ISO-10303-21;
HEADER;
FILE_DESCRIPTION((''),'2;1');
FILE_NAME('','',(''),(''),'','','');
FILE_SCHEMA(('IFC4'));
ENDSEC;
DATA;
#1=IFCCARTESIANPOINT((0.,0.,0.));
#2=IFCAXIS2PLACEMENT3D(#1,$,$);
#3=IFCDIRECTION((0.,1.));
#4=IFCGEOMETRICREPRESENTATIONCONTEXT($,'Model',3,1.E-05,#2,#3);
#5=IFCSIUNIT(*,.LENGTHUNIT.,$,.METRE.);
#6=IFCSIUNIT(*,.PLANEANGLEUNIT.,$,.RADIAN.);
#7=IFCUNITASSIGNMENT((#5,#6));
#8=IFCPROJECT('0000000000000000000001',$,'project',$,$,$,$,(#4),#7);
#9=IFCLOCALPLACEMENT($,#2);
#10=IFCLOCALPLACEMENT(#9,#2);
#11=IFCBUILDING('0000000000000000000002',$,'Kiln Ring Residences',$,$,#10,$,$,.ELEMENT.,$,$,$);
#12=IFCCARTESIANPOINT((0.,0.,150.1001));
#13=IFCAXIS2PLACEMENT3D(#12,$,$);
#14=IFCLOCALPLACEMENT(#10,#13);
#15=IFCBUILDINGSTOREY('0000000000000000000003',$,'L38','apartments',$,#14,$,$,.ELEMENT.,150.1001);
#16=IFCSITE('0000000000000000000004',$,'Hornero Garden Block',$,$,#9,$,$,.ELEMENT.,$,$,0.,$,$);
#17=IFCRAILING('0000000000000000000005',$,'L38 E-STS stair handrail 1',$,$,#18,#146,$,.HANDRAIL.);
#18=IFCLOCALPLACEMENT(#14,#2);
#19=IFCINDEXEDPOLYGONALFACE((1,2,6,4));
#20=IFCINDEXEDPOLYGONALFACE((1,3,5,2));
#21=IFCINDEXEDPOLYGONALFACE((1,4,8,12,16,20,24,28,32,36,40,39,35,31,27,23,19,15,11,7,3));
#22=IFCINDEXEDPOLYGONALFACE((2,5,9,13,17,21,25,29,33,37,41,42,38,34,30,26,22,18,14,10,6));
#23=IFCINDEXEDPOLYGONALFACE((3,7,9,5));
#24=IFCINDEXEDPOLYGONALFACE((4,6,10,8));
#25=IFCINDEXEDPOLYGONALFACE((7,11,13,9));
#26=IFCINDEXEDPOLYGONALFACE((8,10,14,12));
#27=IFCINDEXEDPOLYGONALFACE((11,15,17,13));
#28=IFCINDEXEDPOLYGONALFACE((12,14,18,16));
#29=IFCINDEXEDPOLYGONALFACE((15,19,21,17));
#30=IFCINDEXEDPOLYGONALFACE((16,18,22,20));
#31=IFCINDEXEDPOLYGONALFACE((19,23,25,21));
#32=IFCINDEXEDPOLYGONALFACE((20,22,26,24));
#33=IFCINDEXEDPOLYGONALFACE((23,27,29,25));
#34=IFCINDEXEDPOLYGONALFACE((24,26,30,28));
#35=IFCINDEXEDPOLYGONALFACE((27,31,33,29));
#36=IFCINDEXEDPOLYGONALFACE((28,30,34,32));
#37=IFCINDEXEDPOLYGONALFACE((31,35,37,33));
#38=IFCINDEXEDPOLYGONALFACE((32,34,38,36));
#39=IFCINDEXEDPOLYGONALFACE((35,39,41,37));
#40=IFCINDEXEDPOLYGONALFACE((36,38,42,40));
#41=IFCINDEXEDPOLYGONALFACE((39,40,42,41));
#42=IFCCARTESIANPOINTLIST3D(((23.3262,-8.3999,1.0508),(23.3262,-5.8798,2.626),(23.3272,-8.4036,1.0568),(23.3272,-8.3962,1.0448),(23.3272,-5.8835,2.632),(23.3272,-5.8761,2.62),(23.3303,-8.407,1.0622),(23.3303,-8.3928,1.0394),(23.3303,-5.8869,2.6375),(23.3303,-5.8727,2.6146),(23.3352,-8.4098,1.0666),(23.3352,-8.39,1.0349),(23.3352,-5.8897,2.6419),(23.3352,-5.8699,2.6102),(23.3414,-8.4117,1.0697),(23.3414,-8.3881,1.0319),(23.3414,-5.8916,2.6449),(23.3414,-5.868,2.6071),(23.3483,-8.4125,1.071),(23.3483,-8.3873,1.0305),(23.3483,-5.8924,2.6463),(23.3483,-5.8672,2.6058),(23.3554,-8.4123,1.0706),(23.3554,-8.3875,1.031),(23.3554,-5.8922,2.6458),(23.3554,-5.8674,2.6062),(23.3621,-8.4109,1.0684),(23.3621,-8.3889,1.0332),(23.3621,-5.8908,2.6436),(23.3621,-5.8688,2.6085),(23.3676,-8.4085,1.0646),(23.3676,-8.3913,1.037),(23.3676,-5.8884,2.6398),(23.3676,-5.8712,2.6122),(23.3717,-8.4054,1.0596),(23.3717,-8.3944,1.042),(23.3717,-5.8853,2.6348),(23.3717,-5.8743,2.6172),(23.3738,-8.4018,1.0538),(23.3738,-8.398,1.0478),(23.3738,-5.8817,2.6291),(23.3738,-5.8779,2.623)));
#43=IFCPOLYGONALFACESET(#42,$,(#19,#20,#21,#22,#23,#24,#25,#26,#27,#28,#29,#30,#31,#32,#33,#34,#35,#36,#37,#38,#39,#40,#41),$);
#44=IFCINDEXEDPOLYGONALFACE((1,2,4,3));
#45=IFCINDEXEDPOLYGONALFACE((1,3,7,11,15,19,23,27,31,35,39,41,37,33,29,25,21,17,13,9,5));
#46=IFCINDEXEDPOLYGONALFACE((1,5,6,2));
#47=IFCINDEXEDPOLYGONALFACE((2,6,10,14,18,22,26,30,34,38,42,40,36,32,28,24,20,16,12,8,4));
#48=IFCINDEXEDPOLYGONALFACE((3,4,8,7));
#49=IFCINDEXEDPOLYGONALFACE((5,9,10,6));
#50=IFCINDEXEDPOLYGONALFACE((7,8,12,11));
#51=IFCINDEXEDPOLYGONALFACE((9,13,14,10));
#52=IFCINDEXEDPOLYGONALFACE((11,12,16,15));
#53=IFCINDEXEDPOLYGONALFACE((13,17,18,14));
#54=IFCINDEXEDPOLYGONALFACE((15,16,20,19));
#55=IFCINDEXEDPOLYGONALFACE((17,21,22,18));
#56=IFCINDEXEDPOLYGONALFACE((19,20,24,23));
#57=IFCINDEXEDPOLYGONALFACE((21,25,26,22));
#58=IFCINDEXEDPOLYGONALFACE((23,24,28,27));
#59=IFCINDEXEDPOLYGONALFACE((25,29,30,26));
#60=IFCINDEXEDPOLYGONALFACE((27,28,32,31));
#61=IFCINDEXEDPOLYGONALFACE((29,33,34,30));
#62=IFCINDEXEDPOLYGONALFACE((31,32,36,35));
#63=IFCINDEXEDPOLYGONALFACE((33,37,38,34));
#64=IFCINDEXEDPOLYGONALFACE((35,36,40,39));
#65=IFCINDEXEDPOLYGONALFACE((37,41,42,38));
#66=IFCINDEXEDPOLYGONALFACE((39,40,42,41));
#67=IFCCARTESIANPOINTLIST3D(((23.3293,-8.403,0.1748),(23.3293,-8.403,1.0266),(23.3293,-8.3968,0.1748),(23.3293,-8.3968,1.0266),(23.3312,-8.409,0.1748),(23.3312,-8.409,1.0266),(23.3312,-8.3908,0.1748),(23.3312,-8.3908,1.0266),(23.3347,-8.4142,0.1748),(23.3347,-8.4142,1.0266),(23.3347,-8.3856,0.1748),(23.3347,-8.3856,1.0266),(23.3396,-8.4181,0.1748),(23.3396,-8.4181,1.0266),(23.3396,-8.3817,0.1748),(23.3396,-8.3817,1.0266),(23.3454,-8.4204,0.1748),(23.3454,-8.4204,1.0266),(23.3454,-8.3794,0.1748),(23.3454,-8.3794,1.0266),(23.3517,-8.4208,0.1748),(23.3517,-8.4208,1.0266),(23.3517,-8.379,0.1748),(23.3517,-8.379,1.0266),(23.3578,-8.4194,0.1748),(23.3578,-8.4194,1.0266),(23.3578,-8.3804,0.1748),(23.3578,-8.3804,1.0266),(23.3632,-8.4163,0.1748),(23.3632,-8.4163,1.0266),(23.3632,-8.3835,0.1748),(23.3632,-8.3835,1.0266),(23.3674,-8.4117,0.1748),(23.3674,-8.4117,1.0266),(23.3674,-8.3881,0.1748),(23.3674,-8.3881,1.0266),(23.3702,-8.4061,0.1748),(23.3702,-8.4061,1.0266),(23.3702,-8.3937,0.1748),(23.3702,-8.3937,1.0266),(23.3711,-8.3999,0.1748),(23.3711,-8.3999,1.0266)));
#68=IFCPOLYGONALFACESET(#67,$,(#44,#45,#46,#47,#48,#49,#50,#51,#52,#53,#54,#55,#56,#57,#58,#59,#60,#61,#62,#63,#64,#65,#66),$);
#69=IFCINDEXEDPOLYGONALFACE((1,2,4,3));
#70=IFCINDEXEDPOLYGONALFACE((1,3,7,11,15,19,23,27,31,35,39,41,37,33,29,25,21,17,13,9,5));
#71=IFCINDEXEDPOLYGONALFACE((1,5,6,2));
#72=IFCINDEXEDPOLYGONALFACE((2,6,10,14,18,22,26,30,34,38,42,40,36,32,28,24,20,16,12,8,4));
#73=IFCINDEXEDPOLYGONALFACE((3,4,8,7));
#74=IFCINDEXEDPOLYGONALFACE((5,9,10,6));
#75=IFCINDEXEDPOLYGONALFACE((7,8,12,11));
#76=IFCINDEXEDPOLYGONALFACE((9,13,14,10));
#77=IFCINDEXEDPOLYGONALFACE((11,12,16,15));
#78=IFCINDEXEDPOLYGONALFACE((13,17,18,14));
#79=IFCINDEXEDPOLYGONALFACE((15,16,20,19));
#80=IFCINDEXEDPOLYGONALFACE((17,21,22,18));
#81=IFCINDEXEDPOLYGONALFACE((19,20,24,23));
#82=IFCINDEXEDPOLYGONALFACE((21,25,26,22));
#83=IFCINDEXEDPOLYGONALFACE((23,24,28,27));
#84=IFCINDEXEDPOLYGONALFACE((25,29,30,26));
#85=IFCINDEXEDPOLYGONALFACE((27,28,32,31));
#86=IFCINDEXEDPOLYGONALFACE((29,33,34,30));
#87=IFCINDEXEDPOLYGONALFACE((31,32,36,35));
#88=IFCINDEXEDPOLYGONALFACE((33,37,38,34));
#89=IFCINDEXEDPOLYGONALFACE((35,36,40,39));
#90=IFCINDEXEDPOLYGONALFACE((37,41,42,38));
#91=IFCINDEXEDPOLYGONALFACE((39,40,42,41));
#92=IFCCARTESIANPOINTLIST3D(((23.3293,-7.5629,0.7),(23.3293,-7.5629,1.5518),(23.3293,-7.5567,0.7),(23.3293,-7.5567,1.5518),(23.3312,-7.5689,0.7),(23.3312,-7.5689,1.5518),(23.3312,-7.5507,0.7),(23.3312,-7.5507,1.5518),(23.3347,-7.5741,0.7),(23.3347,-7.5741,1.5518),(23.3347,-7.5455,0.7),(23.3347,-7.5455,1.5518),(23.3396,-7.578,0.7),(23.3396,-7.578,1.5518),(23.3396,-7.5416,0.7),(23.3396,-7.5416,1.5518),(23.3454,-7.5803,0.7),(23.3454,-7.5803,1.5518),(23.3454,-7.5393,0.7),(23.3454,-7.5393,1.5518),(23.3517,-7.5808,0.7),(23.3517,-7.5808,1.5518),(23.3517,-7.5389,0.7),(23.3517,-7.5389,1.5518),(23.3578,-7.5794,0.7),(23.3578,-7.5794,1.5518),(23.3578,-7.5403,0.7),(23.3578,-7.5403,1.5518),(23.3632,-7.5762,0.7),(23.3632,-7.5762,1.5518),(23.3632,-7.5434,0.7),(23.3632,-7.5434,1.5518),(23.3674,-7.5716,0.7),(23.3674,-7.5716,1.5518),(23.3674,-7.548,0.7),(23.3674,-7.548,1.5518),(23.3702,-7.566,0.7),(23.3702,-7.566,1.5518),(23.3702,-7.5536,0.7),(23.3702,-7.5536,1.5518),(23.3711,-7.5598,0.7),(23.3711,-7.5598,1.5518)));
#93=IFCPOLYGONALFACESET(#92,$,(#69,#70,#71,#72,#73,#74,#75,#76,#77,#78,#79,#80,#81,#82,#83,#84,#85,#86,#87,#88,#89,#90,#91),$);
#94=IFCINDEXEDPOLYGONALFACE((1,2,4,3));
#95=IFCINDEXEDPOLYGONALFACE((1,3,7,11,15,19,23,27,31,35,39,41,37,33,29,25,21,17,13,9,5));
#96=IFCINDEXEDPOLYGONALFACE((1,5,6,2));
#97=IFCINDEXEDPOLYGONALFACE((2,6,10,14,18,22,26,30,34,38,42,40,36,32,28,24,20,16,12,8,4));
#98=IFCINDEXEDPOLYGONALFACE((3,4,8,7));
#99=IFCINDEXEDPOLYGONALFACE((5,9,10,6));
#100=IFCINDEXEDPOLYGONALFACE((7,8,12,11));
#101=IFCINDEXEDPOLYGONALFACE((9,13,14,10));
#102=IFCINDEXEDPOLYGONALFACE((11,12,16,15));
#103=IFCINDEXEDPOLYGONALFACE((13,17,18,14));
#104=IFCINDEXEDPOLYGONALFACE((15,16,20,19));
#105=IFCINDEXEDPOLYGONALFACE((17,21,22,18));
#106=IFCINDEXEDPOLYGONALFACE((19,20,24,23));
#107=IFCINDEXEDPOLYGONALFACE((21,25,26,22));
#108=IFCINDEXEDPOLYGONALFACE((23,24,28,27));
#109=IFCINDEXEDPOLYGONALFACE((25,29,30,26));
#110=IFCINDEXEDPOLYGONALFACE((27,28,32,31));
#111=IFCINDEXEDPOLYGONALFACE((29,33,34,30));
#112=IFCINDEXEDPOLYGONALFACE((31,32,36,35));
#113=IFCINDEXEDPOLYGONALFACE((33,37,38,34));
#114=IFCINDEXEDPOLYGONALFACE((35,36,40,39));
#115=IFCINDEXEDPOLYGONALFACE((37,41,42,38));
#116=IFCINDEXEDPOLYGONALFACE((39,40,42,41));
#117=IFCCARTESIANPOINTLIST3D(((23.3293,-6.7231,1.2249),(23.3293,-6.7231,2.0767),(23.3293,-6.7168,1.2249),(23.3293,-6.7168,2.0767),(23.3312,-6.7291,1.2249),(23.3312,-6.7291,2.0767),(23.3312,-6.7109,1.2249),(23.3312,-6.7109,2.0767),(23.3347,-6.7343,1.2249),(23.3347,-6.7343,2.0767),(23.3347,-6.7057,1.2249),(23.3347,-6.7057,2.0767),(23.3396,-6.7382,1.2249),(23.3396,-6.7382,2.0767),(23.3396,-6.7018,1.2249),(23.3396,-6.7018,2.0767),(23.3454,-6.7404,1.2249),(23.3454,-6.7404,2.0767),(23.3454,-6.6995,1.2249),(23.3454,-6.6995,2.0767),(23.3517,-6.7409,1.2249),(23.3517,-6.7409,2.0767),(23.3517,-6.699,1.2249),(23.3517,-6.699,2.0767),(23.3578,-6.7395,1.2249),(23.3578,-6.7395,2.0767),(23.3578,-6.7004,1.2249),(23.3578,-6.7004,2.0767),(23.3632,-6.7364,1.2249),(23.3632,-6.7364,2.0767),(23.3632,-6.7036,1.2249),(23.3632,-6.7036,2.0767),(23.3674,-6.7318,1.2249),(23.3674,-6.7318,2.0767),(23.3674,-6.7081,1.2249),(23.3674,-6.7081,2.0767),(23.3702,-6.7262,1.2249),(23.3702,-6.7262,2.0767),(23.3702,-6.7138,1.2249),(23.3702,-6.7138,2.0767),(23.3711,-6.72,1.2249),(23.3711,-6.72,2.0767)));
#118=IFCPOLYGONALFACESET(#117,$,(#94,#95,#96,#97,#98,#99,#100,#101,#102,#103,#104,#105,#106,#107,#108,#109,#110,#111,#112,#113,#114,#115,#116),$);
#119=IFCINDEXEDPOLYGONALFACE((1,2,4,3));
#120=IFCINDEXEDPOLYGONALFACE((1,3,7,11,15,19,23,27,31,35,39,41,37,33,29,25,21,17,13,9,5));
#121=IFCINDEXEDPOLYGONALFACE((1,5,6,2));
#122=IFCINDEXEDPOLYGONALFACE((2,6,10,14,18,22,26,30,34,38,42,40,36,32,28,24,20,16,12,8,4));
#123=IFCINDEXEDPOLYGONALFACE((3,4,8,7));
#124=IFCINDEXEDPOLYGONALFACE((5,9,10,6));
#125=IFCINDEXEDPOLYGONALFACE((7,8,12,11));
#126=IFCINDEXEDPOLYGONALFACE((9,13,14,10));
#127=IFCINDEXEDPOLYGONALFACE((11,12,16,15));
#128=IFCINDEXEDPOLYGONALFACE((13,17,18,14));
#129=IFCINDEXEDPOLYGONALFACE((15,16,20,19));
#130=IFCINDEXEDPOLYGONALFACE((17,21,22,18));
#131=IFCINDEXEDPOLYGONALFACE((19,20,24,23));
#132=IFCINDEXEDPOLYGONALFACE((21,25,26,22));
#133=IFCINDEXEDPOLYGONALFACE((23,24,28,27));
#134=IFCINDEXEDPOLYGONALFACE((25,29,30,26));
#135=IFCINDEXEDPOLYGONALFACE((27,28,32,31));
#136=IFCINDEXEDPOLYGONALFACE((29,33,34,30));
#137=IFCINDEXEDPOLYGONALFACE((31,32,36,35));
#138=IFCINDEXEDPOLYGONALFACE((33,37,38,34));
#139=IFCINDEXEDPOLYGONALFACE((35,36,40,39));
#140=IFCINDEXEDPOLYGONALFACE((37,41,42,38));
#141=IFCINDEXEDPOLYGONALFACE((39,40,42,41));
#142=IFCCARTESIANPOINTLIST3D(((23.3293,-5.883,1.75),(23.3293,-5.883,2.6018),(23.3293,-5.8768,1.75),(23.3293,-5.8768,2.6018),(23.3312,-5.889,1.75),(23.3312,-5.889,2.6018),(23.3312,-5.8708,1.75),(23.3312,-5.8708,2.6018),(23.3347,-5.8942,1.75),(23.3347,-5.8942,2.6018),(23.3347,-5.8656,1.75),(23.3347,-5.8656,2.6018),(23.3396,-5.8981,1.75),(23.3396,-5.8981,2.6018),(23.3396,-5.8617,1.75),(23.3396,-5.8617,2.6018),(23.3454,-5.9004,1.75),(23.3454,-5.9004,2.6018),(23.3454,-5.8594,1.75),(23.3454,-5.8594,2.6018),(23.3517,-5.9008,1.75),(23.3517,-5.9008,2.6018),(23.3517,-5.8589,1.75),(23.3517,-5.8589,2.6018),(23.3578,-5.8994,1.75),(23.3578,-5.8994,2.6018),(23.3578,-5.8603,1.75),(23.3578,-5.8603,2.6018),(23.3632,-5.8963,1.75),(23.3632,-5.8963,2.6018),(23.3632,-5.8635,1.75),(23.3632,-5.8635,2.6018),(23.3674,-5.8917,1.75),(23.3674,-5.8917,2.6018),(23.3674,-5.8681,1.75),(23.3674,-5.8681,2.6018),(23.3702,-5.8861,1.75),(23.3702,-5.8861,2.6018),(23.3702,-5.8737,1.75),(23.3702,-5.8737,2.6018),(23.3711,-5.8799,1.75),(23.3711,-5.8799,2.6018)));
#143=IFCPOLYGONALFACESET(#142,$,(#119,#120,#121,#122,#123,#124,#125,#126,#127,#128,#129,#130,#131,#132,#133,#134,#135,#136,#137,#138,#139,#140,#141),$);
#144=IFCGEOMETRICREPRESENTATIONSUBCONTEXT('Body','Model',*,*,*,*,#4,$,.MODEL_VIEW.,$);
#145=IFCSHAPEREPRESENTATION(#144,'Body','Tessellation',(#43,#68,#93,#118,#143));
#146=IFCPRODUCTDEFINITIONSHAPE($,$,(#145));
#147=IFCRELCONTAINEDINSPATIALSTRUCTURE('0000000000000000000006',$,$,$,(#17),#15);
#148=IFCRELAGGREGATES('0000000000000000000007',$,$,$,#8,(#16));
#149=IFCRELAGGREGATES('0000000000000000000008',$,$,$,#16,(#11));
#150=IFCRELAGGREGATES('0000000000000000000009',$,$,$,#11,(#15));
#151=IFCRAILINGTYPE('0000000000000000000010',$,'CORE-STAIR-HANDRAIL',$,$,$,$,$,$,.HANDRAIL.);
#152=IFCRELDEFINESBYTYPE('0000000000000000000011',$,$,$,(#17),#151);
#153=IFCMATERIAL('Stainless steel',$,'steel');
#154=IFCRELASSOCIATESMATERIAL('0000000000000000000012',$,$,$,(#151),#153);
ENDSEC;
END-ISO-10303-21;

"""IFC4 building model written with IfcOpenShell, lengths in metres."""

from ifc_helpers import new_model, si_unit, direction, frame, origin, origin_2d, place, context, subcontext, project, spatial, circle, extrude, material, type_object, element, save


model = new_model("IFC4")

# Units and contexts
model_context = context("Model", 3, precision=1e-05, world=origin(), true_north=direction((0.0, 1.0)))
body_context = subcontext(model_context, "Body", "Model", "MODEL_VIEW")
ifc_project = project(units=[si_unit("LENGTHUNIT", "METRE"), si_unit("PLANEANGLEUNIT", "RADIAN")], contexts=[model_context])

# Site, building, storey
site_placement = place(None, origin())
site = spatial("IfcSite", under=ifc_project, at=site_placement, Name="Hornero Garden Block", CompositionType="ELEMENT", RefElevation=0.0)
building_placement = place(site_placement, origin())
building = spatial("IfcBuilding", under=site, at=building_placement, Name="Kiln Ring Residences", CompositionType="ELEMENT")
storey_placement = place(building_placement, frame((0.0, 0.0, 150.1001)))
storey = spatial("IfcBuildingStorey", under=building, at=storey_placement, Name="L38", Description="apartments", CompositionType="ELEMENT", Elevation=150.1001)

# Railing
ifc_material_1 = material(Name="Stainless steel", Category="steel")
railing_type_1 = type_object("IfcRailingType", Name="CORE-STAIR-HANDRAIL", PredefinedType="HANDRAIL", material=ifc_material_1)
railing_1_placement = place(storey_placement, frame((23.3501, -8.3999, 0.1748)))
element("IfcRailing", 1, at=railing_1_placement, inside=storey, type_object=railing_type_1, Name="L38 E-STS stair handrail 1", PredefinedType="HANDRAIL", context=body_context, shape_type="SweptSolid", body=[
    extrude(circle(Radius=0.0239, at=origin_2d()), frame((0.0, 0.0, 0.876), z_axis=(0.0, 0.847971, 0.530043), x_axis=(-1.0, 0.0, 0.0)), (0.0, 0.0, 1.0), 2.9719),
    extrude(circle(Radius=0.021, at=origin_2d()), origin(), (0.0, 0.0, 1.0), 0.8518),
    extrude(circle(Radius=0.021, at=origin_2d()), frame((0.0, 0.8401, 0.5251)), (0.0, 0.0, 1.0), 0.8518),
    extrude(circle(Radius=0.021, at=origin_2d()), frame((0.0, 1.6799, 1.05)), (0.0, 0.0, 1.0), 0.8518),
    extrude(circle(Radius=0.021, at=origin_2d()), frame((0.0, 2.52, 1.5752)), (0.0, 0.0, 1.0), 0.8518),
])

save(model, "model.ifc")
